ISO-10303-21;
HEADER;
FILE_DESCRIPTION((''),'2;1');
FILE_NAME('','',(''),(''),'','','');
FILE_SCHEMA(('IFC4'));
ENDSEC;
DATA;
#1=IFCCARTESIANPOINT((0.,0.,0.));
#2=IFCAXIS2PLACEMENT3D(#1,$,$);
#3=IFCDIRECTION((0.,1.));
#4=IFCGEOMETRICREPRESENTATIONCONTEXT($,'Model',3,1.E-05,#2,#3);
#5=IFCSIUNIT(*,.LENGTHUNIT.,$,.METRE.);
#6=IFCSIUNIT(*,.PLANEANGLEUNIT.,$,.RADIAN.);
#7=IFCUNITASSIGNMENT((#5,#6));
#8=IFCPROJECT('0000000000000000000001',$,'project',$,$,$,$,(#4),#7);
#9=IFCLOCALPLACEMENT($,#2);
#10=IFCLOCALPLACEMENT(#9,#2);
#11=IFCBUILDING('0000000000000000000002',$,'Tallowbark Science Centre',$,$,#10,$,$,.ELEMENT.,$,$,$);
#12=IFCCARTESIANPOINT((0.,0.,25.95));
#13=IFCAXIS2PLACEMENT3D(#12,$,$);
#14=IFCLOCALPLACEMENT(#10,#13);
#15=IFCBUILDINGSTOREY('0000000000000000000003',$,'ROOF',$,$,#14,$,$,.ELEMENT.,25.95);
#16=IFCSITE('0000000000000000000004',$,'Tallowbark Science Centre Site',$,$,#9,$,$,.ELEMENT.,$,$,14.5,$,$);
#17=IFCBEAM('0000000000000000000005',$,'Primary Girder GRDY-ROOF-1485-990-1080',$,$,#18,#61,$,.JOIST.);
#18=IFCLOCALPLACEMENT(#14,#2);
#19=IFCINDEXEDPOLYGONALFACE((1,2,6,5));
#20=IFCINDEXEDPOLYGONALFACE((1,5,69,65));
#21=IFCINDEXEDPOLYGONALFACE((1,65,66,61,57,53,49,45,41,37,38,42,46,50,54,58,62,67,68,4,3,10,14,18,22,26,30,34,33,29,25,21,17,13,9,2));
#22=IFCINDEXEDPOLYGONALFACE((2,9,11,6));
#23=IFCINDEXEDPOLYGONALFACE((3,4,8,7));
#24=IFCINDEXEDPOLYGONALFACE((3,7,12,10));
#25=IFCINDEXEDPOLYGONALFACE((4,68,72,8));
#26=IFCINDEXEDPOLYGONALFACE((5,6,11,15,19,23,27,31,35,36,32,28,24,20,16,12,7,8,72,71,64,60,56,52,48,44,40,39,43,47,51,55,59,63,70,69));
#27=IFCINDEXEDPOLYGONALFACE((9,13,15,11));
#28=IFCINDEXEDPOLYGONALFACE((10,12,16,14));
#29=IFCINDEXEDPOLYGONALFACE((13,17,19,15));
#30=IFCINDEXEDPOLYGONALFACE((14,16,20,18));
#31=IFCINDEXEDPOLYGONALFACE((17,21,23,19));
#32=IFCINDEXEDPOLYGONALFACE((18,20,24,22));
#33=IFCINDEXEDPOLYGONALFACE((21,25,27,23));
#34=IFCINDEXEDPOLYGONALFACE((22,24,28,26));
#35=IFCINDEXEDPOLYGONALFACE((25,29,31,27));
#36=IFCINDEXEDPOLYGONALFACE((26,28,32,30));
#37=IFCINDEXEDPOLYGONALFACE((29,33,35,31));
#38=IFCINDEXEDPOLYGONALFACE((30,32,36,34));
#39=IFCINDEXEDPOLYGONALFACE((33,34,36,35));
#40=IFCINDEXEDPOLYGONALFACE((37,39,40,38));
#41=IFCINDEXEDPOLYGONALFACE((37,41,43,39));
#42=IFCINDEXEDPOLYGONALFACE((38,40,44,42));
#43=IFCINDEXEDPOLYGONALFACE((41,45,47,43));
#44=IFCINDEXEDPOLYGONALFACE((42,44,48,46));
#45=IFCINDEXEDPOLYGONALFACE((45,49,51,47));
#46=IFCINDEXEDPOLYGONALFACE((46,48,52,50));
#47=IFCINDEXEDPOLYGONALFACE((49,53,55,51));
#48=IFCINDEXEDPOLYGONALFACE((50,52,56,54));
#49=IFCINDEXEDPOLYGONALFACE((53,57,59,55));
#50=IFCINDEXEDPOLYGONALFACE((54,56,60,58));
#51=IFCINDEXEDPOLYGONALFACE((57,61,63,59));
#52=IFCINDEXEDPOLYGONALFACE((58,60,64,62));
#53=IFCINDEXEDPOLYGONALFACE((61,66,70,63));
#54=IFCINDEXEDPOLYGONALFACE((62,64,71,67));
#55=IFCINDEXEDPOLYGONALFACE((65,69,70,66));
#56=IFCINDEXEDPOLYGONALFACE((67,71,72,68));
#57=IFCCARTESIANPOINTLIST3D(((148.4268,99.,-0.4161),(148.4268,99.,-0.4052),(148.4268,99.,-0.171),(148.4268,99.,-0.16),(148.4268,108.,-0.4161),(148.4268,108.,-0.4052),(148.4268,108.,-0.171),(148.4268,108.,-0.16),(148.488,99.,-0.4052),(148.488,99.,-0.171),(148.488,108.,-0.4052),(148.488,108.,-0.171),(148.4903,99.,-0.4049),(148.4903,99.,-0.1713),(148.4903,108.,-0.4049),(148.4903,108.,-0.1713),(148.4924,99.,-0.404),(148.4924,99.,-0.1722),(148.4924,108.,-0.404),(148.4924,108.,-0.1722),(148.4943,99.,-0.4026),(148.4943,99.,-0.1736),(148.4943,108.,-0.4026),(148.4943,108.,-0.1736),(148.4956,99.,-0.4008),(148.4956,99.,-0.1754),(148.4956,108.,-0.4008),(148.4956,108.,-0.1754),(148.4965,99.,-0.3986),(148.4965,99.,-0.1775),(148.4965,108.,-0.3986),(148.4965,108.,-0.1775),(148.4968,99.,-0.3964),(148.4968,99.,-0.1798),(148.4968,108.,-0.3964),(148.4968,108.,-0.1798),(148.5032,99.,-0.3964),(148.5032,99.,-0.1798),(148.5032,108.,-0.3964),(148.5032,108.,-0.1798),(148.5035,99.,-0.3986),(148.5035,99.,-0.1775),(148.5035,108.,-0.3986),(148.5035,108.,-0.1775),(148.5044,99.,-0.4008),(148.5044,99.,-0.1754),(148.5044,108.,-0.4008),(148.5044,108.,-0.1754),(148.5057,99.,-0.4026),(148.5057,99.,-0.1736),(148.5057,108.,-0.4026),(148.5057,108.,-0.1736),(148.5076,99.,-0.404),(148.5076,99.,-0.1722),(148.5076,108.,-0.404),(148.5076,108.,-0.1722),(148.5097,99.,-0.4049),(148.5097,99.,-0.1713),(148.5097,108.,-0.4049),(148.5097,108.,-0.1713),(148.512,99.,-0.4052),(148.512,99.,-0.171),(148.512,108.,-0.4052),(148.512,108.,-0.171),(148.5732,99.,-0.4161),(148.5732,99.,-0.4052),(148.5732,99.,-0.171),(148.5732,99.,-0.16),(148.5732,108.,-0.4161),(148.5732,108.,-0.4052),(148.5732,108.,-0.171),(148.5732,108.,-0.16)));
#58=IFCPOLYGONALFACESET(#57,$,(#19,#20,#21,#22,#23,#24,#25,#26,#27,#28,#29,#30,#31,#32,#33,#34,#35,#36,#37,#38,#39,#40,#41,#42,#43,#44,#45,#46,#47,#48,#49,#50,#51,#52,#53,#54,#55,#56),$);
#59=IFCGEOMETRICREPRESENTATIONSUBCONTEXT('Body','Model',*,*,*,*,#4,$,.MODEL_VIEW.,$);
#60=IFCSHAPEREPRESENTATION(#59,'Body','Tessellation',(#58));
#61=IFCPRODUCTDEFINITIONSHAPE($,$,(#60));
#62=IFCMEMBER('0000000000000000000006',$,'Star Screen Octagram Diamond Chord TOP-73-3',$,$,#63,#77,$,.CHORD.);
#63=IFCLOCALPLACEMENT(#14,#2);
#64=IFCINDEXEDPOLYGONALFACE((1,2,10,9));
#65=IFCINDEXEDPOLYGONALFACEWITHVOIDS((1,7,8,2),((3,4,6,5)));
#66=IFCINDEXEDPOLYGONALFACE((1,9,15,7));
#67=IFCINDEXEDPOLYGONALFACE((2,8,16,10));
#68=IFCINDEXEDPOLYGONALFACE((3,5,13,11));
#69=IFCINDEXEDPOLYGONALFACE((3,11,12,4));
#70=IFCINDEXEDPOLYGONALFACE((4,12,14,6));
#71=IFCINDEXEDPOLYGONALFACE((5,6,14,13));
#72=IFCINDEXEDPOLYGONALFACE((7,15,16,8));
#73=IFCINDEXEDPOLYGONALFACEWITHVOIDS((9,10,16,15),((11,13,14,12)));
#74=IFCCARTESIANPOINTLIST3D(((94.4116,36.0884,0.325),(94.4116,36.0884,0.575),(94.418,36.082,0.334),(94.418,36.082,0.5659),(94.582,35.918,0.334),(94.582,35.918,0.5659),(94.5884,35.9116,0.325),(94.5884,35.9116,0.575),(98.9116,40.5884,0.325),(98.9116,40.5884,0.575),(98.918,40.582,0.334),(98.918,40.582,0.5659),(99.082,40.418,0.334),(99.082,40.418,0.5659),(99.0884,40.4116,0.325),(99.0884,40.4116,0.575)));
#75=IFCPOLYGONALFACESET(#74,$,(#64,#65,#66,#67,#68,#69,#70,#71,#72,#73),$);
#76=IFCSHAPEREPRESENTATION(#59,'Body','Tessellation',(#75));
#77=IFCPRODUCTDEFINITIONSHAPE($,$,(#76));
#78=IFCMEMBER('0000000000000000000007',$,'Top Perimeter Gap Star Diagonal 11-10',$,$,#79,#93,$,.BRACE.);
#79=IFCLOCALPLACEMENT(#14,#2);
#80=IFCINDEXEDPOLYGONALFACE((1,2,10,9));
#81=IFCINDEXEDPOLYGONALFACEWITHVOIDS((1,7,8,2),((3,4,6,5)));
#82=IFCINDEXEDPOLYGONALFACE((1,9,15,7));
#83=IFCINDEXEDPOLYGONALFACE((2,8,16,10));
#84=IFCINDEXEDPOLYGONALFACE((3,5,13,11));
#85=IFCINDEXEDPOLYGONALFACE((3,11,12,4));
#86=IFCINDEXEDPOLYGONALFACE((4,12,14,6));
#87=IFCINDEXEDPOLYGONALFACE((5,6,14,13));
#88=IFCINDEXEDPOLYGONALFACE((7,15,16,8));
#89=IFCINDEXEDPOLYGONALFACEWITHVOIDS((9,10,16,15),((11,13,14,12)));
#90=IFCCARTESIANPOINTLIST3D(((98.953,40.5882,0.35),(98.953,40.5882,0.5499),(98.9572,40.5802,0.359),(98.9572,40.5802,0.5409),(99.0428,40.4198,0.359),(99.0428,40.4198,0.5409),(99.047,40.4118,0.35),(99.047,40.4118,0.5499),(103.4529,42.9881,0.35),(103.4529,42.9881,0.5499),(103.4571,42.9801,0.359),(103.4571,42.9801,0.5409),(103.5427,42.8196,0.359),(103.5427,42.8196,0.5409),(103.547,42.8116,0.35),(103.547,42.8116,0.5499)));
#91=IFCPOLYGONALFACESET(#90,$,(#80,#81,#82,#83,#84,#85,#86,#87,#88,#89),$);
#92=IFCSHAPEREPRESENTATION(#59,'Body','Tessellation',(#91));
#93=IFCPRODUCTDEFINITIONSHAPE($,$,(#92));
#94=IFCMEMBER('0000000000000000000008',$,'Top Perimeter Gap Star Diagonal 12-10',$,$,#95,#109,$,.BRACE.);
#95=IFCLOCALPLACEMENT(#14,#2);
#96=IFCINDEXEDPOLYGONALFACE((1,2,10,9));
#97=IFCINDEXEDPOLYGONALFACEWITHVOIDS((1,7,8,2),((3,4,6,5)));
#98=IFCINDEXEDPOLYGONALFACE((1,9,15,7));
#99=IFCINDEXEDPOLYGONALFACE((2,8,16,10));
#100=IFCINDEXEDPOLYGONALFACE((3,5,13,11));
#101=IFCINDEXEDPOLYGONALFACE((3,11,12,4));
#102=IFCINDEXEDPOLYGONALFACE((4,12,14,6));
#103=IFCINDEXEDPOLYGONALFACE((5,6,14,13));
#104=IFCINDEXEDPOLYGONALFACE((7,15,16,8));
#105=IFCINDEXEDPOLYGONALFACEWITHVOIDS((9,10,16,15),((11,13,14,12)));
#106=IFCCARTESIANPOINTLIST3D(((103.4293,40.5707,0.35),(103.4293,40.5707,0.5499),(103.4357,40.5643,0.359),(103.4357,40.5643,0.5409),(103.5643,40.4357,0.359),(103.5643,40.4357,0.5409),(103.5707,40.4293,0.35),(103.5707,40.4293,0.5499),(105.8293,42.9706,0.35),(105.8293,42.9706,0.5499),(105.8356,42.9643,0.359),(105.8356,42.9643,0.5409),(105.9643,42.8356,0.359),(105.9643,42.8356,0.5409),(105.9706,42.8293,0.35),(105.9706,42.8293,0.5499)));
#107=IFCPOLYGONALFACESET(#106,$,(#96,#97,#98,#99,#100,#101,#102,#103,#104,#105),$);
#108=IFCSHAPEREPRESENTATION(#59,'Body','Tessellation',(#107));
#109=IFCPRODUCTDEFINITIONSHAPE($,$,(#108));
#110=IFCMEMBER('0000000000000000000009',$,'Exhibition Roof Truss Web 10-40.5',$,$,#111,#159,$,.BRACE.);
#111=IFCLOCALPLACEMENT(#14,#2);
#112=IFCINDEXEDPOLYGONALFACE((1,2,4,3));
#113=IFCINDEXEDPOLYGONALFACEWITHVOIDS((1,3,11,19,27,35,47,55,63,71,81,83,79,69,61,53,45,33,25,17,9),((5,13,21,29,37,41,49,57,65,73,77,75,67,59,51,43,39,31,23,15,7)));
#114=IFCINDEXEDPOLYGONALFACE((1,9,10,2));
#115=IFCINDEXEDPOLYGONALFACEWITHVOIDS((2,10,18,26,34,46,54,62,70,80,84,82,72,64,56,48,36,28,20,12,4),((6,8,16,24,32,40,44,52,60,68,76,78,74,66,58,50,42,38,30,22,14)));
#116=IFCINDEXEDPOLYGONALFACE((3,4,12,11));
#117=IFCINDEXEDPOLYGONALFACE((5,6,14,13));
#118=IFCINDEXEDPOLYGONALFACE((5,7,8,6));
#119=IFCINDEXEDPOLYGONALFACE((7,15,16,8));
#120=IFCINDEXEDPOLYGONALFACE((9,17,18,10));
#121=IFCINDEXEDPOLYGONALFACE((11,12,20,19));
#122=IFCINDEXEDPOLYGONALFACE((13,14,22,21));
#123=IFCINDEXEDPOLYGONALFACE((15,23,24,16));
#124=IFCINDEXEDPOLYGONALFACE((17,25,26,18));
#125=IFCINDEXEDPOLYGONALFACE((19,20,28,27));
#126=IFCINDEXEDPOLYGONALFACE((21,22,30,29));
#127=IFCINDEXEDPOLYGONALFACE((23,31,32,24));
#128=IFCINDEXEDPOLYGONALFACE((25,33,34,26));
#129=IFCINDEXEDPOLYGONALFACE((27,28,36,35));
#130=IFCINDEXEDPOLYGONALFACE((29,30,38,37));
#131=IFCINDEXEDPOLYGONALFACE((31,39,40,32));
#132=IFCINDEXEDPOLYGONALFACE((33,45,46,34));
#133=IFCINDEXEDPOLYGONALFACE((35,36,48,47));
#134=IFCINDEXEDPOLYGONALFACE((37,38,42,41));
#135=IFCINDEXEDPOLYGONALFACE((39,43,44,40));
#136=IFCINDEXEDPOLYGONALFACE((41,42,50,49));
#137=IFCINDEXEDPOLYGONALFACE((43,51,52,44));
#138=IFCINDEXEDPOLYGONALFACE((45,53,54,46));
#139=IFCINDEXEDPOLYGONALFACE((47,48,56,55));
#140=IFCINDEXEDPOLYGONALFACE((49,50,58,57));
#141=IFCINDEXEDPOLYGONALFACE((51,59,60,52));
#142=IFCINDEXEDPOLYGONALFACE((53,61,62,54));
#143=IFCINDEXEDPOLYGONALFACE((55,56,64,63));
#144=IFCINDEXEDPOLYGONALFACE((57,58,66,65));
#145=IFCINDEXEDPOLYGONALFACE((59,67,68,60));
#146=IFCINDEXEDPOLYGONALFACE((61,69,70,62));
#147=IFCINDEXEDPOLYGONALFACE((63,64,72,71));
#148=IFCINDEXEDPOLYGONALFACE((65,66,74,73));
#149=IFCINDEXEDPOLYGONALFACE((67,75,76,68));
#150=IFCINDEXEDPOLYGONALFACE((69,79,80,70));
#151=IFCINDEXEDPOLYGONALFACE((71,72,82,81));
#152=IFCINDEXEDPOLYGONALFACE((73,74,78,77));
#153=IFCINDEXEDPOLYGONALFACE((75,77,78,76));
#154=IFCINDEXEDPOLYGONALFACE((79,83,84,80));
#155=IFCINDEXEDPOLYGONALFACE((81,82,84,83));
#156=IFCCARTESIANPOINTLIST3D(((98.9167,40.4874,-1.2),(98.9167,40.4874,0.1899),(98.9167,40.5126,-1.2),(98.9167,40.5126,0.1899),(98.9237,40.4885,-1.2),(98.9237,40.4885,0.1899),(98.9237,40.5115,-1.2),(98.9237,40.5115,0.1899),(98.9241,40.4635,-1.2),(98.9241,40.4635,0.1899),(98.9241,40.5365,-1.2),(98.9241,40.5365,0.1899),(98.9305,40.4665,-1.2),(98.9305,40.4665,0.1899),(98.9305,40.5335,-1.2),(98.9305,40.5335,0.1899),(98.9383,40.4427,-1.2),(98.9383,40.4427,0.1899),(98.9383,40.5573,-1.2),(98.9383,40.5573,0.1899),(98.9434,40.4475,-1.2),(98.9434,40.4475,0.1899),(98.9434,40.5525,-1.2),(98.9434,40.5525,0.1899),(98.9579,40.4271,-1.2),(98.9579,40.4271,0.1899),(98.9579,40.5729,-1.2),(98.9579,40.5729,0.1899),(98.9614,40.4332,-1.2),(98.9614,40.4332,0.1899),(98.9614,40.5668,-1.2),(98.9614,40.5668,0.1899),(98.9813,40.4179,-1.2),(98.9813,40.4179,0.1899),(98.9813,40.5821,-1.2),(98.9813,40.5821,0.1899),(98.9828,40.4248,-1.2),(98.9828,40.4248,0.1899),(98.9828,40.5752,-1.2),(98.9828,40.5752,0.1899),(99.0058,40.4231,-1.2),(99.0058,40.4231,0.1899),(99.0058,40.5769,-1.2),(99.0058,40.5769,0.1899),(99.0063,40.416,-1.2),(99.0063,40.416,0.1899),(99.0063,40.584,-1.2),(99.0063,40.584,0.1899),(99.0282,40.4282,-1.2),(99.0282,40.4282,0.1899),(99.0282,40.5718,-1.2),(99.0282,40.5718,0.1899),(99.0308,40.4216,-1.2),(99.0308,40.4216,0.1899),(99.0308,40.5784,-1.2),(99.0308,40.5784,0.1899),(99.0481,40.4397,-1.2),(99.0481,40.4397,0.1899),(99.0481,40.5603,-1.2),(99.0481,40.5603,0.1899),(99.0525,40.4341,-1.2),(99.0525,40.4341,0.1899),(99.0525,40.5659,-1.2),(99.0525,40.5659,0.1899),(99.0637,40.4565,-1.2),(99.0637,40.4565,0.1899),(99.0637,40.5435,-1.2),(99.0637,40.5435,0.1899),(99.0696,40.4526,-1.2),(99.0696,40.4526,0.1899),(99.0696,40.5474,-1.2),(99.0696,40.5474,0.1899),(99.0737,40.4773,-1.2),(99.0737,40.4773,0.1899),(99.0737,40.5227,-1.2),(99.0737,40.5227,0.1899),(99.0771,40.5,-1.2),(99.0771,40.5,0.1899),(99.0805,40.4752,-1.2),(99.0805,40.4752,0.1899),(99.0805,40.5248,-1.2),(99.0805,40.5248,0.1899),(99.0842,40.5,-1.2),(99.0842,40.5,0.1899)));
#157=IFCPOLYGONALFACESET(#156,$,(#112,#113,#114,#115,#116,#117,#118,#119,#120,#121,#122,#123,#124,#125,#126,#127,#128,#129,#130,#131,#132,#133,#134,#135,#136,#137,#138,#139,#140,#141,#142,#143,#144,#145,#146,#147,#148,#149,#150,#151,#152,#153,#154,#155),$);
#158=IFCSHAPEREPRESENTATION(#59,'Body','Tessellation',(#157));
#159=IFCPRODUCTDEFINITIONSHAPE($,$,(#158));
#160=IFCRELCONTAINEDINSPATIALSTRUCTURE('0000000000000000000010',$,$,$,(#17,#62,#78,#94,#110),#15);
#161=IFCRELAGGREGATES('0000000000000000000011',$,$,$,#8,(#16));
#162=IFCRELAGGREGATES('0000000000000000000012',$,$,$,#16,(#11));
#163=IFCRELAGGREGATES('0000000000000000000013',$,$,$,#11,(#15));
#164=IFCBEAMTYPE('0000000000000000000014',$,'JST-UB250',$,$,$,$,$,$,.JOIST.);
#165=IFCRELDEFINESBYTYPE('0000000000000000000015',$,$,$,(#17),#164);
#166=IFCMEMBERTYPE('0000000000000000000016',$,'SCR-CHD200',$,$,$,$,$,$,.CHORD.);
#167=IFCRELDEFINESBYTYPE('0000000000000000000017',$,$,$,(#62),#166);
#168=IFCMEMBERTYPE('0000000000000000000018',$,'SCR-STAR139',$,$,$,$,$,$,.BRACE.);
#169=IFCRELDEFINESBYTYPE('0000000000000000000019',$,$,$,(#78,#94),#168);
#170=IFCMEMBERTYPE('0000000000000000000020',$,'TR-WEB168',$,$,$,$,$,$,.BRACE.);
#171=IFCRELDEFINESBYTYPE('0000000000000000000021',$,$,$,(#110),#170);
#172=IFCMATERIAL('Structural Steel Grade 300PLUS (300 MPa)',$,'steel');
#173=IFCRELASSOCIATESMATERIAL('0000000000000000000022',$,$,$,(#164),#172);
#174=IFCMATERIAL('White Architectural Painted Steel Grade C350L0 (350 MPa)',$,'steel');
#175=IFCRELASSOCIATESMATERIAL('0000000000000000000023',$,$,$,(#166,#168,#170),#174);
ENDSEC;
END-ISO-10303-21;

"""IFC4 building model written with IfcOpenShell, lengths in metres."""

from ifc_helpers import new_model, si_unit, direction, frame, origin, origin_2d, place, context, subcontext, project, spatial, hollow_rectangle, hollow_circle, i_section, extrude, material, material_profile, profile_set, type_object, element, save


model = new_model("IFC4")

# Units and contexts
model_context = context("Model", 3, precision=1e-05, world=origin(), true_north=direction((0.0, 1.0)))
body_context = subcontext(model_context, "Body", "Model", "MODEL_VIEW")
ifc_project = project(units=[si_unit("LENGTHUNIT", "METRE"), si_unit("PLANEANGLEUNIT", "RADIAN")], contexts=[model_context])

# Site, building, storey
site_placement = place(None, origin())
site = spatial("IfcSite", under=ifc_project, at=site_placement, Name="Tallowbark Science Centre Site", CompositionType="ELEMENT", RefElevation=14.5)
building_placement = place(site_placement, origin())
building = spatial("IfcBuilding", under=site, at=building_placement, Name="Tallowbark Science Centre", CompositionType="ELEMENT")
storey_placement = place(building_placement, frame((0.0, 0.0, 25.95)))
storey = spatial("IfcBuildingStorey", under=building, at=storey_placement, Name="ROOF", CompositionType="ELEMENT", Elevation=25.95)

# Shared definitions
ifc_material_1 = material(Name="White Architectural Painted Steel Grade C350L0 (350 MPa)", Category="steel")

# Beam
ifc_material_2 = material(Name="Structural Steel Grade 300PLUS (300 MPa)", Category="steel")
ifc_material_profile_1 = material_profile(ifc_material_2, i_section(OverallWidth=0.1465, OverallDepth=0.2561, WebThickness=0.0063, FlangeThickness=0.011, FilletRadius=0.0088, at=origin_2d()), Name="250UB37.3")
ifc_profile_set_1 = profile_set([ifc_material_profile_1], Name="Structural Steel Grade 300PLUS (300 MPa)")
beam_type_1 = type_object("IfcBeamType", Name="JST-UB250", PredefinedType="JOIST", material=ifc_profile_set_1)
for number, where, z_axis, x_axis, name in (
    (1, (148.5, 99.0, -0.2881), (0.0, 1.0, 0.0), (-1.0, 0.0, 0.0), "Primary Girder GRDY-ROOF-1485-990-1080"),
):
    element("IfcBeam", number, at=place(storey_placement, frame(where, z_axis=z_axis, x_axis=x_axis)), inside=storey, type_object=beam_type_1, Name=name, PredefinedType="JOIST", context=body_context, shape_type="SweptSolid", body=[
        extrude(i_section(OverallWidth=0.1465, OverallDepth=0.2561, WebThickness=0.0063, FlangeThickness=0.011, FilletRadius=0.0088, at=origin_2d()), origin(), (0.0, 0.0, 1.0), 9.0),
    ])

# Members
ifc_material_profile_2 = material_profile(ifc_material_1, hollow_rectangle(XDim=0.25, YDim=0.25, WallThickness=0.009, at=origin_2d()), Name="250x250x9.0SHS")
ifc_profile_set_2 = profile_set([ifc_material_profile_2], Name="White Architectural Painted Steel Grade C350L0 (350 MPa)")
member_type_1 = type_object("IfcMemberType", Name="SCR-CHD200", PredefinedType="CHORD", material=ifc_profile_set_2)
member_1_placement = place(storey_placement, frame((99.0, 40.5, 0.45), z_axis=(-0.707107, -0.707107, 0.0), x_axis=(0.707107, -0.707107, 0.0)))
element("IfcMember", 2, at=member_1_placement, inside=storey, type_object=member_type_1, Name="Star Screen Octagram Diamond Chord TOP-73-3", PredefinedType="CHORD", context=body_context, shape_type="SweptSolid", body=[
    extrude(hollow_rectangle(XDim=0.25, YDim=0.25, WallThickness=0.009, at=origin_2d()), origin(), (0.0, 0.0, 1.0), 6.364),
])
ifc_material_profile_3 = material_profile(ifc_material_1, hollow_rectangle(XDim=0.2, YDim=0.2, WallThickness=0.009, at=origin_2d()), Name="200x200x9.0SHS")
ifc_profile_set_3 = profile_set([ifc_material_profile_3], Name="White Architectural Painted Steel Grade C350L0 (350 MPa)")
member_type_2 = type_object("IfcMemberType", Name="SCR-STAR139", PredefinedType="BRACE", material=ifc_profile_set_3)
member_2_placement = place(storey_placement, frame((99.0, 40.5, 0.45), z_axis=(0.882361, 0.470573, 0.0), x_axis=(-0.470573, 0.882361, 0.0)))
element("IfcMember", 3, at=member_2_placement, inside=storey, type_object=member_type_2, Name="Top Perimeter Gap Star Diagonal 11-10", PredefinedType="BRACE", context=body_context, shape_type="SweptSolid", body=[
    extrude(hollow_rectangle(XDim=0.2, YDim=0.2, WallThickness=0.009, at=origin_2d()), origin(), (0.0, 0.0, 1.0), 5.0999),
])
member_3_placement = place(storey_placement, frame((103.5, 40.5, 0.45), z_axis=(0.707107, 0.707107, 0.0), x_axis=(-0.707107, 0.707107, 0.0)))
element("IfcMember", 4, at=member_3_placement, inside=storey, type_object=member_type_2, Name="Top Perimeter Gap Star Diagonal 12-10", PredefinedType="BRACE", context=body_context, shape_type="SweptSolid", body=[
    extrude(hollow_rectangle(XDim=0.2, YDim=0.2, WallThickness=0.009, at=origin_2d()), origin(), (0.0, 0.0, 1.0), 3.394),
])
ifc_material_profile_4 = material_profile(ifc_material_1, hollow_circle(Radius=0.0842, WallThickness=0.0071, at=origin_2d()), Name="168.3x7.1CHS")
ifc_profile_set_4 = profile_set([ifc_material_profile_4], Name="White Architectural Painted Steel Grade C350L0 (350 MPa)")
member_type_3 = type_object("IfcMemberType", Name="TR-WEB168", PredefinedType="BRACE", material=ifc_profile_set_4)
for number, where, z_axis, x_axis, name in (
    (5, (99.0, 40.5, -1.2), (0.0, 0.0, 1.0), (1.0, 0.0, 0.0), "Exhibition Roof Truss Web 10-40.5"),
):
    element("IfcMember", number, at=place(storey_placement, frame(where, z_axis=z_axis, x_axis=x_axis)), inside=storey, type_object=member_type_3, Name=name, PredefinedType="BRACE", context=body_context, shape_type="SweptSolid", body=[
        extrude(hollow_circle(Radius=0.0842, WallThickness=0.0071, at=origin_2d()), origin(), (0.0, 0.0, 1.0), 1.3899),
    ])

save(model, "model.ifc")
